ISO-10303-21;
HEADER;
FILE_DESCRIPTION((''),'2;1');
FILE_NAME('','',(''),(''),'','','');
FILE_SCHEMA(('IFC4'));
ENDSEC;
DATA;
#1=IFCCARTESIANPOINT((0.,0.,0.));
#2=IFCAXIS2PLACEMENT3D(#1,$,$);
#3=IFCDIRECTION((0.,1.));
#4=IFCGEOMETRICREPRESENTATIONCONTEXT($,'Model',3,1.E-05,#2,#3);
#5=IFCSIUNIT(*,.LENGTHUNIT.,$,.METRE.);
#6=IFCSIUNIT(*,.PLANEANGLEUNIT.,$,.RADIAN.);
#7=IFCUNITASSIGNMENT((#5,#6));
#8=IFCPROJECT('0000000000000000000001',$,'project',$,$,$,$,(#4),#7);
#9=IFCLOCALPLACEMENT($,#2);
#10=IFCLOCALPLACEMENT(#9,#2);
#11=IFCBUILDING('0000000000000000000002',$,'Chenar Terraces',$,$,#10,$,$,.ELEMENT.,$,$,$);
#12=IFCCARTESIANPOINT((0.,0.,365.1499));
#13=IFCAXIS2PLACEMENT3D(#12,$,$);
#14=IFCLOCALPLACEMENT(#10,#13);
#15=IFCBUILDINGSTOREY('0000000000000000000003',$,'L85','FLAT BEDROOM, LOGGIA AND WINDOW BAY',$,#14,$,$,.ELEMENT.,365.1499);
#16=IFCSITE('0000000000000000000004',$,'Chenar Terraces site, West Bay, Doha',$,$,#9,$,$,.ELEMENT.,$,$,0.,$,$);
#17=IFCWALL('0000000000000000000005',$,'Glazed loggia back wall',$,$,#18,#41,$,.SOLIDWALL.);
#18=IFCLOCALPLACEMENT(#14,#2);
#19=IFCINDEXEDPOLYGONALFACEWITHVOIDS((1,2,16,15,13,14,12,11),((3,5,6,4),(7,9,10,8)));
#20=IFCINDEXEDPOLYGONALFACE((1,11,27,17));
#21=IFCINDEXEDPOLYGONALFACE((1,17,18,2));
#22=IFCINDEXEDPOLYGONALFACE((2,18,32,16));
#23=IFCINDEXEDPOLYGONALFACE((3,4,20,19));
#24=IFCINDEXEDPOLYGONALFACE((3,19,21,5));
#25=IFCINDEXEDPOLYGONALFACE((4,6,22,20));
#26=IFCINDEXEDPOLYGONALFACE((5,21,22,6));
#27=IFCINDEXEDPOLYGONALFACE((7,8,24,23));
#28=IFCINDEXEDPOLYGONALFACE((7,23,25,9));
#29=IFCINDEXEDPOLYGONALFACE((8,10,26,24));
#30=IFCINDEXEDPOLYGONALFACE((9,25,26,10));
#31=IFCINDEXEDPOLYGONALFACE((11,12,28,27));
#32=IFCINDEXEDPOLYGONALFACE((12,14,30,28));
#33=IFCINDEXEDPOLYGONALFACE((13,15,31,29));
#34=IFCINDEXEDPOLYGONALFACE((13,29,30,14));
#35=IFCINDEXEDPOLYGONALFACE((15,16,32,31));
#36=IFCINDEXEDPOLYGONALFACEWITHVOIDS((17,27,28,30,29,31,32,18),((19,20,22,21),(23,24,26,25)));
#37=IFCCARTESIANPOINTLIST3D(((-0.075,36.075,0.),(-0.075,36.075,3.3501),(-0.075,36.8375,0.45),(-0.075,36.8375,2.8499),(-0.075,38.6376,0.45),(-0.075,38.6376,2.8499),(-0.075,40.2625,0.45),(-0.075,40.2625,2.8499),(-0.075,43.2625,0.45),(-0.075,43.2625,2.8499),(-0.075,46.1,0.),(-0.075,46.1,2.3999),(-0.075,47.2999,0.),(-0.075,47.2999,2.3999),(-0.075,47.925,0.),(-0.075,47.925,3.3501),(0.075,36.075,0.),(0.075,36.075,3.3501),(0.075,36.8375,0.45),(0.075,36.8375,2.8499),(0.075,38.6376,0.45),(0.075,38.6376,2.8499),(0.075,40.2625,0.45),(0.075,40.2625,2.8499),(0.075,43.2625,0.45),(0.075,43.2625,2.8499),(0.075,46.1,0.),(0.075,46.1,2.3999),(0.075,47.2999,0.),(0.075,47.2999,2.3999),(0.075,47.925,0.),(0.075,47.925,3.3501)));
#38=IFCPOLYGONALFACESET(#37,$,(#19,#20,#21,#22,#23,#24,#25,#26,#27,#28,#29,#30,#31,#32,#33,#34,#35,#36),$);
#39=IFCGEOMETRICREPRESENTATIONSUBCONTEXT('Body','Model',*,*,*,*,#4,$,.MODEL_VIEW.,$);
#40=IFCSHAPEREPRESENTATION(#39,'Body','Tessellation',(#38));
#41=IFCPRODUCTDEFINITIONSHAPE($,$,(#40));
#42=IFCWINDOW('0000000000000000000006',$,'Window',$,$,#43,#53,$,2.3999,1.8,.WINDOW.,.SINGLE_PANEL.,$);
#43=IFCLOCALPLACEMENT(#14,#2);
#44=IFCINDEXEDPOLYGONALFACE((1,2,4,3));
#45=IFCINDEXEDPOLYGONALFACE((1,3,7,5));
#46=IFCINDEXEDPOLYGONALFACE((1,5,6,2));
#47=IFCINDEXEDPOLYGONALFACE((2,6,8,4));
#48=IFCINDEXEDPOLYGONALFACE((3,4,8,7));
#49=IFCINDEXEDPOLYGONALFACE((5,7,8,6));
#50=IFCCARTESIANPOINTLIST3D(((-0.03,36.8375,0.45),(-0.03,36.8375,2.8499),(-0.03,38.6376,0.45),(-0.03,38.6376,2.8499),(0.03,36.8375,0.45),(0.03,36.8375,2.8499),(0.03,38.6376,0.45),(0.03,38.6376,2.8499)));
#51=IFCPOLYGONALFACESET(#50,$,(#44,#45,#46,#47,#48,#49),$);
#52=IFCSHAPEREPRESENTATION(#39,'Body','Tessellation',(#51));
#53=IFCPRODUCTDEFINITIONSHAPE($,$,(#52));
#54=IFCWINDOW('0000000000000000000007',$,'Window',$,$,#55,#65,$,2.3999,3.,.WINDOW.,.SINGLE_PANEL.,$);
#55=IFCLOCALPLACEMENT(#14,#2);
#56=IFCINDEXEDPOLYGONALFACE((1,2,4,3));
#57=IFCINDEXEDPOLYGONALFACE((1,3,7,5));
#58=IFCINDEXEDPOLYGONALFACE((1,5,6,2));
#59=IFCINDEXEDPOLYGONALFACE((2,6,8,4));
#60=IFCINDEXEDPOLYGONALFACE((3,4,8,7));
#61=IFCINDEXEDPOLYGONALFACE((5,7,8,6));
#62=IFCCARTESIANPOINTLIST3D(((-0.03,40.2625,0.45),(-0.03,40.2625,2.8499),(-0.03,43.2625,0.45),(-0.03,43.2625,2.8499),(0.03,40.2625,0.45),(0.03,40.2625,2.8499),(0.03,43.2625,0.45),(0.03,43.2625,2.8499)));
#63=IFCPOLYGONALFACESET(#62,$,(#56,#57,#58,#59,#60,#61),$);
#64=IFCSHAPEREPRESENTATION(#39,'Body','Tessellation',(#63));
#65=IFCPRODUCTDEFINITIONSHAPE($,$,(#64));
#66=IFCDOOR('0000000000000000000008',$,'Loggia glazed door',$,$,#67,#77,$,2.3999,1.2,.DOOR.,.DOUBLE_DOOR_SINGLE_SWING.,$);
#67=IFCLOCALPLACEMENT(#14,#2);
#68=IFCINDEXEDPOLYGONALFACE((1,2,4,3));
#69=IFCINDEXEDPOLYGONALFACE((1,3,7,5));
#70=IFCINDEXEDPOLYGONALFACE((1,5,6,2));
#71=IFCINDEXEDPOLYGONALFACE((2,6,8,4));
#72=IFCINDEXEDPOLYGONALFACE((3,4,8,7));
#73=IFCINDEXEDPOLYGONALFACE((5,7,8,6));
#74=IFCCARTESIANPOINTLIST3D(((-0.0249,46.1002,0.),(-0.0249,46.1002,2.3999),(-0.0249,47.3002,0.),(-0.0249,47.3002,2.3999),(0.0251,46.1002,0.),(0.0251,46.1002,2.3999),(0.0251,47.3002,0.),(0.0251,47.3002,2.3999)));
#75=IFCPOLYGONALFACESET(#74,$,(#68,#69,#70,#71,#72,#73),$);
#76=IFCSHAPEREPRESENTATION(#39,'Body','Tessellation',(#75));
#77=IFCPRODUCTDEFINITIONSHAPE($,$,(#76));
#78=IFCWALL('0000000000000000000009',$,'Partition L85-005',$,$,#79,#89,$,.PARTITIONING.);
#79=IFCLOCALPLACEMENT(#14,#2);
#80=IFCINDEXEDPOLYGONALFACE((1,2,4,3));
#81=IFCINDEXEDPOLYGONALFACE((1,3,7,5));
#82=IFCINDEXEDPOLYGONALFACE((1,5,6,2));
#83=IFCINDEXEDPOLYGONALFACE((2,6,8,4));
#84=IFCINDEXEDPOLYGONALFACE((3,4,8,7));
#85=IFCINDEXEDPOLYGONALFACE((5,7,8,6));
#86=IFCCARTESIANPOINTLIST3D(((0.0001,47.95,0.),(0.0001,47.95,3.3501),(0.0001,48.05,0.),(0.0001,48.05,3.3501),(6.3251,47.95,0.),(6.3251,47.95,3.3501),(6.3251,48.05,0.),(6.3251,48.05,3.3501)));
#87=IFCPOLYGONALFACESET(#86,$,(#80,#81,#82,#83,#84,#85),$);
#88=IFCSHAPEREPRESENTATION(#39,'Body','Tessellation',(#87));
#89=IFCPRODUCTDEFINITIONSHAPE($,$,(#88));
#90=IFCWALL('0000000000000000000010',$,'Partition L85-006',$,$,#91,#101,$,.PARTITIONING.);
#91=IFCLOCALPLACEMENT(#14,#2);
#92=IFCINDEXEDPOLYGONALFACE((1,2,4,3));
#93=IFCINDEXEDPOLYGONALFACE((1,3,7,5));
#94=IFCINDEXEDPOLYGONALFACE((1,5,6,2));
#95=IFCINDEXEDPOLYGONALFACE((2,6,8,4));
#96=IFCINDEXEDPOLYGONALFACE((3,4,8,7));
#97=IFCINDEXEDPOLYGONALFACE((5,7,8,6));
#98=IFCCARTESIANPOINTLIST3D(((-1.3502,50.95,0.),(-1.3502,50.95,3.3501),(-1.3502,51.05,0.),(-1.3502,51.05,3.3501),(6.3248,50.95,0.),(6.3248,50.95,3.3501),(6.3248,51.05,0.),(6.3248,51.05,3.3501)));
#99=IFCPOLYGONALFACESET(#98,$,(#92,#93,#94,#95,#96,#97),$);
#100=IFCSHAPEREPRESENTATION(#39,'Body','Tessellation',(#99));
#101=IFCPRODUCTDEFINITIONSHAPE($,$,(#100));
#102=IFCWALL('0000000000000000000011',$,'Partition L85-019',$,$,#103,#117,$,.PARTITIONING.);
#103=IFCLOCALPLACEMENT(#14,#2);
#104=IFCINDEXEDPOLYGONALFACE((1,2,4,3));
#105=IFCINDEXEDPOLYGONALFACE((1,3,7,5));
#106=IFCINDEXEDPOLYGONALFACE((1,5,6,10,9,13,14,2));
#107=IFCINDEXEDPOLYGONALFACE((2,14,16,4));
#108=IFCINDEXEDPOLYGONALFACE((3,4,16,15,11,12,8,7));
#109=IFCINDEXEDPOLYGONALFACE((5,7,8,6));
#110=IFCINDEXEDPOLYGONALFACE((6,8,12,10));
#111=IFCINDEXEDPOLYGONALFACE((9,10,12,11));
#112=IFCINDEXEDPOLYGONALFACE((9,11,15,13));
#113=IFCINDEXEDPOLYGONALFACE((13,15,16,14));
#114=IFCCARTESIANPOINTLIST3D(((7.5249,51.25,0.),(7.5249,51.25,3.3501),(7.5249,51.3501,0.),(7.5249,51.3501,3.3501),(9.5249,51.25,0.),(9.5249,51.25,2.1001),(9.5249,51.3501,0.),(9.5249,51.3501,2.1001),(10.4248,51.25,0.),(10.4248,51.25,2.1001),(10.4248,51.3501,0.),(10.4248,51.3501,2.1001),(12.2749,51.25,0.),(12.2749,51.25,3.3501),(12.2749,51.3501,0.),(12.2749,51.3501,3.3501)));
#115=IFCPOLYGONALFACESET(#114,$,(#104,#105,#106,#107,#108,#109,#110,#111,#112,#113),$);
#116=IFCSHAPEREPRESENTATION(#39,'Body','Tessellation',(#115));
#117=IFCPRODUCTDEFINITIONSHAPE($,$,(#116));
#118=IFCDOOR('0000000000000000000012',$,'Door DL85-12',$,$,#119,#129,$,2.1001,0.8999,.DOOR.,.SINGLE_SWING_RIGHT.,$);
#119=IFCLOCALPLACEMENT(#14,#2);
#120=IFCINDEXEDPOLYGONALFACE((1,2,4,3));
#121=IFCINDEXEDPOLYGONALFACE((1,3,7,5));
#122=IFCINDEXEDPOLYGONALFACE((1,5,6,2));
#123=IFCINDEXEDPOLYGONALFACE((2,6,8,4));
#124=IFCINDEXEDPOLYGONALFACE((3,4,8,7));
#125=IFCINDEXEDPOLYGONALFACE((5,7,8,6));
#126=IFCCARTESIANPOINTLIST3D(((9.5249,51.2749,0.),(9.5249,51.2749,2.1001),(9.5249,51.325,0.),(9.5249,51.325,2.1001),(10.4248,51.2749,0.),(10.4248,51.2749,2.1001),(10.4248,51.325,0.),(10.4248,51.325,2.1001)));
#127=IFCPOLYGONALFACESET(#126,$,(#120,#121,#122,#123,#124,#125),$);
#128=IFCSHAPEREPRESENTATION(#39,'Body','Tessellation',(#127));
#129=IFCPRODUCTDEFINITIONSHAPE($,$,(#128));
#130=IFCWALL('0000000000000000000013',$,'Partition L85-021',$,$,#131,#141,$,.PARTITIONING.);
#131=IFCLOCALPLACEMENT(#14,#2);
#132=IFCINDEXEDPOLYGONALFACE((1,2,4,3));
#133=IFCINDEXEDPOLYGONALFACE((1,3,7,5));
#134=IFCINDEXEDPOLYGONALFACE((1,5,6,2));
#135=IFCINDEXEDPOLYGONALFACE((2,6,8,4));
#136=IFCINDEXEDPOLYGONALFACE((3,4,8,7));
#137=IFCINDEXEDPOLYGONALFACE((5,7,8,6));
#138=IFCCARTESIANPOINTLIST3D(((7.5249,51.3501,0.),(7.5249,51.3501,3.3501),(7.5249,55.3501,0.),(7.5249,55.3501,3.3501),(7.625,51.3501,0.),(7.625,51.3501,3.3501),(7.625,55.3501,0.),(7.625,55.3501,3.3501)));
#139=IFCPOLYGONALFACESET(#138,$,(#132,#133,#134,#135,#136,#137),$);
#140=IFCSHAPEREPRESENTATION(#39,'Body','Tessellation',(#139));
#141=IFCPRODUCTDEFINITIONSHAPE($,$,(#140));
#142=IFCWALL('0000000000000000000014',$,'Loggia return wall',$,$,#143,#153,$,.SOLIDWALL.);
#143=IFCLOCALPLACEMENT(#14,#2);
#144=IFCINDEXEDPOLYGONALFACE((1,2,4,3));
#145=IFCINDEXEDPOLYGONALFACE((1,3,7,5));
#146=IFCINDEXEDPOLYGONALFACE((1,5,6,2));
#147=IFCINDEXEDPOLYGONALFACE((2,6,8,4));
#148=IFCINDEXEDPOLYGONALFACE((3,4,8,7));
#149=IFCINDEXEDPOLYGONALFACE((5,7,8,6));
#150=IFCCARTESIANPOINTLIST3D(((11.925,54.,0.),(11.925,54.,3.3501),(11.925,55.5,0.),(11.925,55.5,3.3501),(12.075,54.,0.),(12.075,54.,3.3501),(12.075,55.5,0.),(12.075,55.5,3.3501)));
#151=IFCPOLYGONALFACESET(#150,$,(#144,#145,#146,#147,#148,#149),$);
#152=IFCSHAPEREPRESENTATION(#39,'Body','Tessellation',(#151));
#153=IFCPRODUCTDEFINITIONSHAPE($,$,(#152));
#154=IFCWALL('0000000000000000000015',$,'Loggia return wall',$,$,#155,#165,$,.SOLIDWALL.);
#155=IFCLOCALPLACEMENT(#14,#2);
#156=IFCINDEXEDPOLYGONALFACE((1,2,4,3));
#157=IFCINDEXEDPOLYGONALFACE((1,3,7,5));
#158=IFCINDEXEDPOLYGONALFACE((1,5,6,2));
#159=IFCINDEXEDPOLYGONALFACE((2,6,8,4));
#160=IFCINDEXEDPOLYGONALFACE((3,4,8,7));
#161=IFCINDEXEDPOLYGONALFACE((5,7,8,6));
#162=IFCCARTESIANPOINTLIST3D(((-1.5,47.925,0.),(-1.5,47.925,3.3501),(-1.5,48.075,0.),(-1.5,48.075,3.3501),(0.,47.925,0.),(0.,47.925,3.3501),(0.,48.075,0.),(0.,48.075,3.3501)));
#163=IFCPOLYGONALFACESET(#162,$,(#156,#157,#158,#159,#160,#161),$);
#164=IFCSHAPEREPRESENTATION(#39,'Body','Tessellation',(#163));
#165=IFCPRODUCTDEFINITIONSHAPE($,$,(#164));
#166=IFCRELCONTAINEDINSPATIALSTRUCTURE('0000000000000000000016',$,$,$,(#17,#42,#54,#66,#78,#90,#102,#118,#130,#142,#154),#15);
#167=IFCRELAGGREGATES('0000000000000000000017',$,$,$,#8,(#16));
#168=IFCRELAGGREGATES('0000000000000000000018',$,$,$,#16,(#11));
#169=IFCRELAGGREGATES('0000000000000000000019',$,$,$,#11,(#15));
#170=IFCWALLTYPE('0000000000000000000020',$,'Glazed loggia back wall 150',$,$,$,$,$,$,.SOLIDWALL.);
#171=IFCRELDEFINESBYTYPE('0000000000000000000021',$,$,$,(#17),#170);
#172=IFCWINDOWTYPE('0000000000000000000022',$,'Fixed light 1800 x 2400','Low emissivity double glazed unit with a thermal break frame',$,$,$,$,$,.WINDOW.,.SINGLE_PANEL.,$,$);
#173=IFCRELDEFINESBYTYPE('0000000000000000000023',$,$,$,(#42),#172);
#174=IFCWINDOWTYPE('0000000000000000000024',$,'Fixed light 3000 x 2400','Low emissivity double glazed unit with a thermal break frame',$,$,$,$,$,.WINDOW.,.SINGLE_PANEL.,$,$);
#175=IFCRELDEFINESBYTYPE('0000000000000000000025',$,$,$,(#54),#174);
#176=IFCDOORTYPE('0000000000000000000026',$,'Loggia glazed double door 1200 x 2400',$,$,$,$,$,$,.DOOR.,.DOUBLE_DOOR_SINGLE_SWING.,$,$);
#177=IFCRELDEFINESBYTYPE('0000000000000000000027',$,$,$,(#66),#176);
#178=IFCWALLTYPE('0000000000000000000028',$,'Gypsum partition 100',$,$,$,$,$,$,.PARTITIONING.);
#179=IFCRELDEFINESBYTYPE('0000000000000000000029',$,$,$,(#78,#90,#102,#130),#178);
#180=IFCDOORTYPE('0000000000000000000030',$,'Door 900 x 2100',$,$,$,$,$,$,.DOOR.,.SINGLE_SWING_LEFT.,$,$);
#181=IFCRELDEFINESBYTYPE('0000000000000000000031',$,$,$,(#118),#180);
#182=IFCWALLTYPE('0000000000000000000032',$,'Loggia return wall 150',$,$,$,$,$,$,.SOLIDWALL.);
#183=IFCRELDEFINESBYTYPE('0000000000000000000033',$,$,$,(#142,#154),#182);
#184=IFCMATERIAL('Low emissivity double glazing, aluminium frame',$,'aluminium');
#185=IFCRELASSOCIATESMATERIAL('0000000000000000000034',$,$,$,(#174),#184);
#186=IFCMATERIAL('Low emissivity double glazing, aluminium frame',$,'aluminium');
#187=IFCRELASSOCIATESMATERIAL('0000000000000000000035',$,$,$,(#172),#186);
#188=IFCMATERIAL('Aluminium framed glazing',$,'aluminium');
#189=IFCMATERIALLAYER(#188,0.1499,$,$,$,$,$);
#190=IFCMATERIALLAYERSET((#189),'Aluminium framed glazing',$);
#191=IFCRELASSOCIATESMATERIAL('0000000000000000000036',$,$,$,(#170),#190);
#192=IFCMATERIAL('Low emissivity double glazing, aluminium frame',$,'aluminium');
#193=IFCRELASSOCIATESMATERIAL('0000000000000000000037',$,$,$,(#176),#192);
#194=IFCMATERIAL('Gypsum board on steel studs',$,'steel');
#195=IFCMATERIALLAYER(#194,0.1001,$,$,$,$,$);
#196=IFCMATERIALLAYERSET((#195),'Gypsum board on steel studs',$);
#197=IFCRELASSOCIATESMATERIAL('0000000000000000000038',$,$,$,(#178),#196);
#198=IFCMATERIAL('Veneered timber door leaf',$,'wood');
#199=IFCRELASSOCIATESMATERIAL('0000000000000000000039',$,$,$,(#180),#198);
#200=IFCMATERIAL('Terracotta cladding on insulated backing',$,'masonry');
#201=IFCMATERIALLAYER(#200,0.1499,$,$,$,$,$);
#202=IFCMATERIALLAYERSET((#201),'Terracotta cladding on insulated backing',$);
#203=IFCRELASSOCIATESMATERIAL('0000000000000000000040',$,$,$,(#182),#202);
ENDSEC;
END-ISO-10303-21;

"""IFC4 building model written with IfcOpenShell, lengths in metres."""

from ifc_helpers import new_model, si_unit, direction, frame, frame_2d, origin, place, context, subcontext, project, spatial, rectangle, extrude, material, layer, layer_set, type_object, element, fill, save


model = new_model("IFC4")

# Units and contexts
model_context = context("Model", 3, precision=1e-05, world=origin(), true_north=direction((0.0, 1.0)))
body_context = subcontext(model_context, "Body", "Model", "MODEL_VIEW")
ifc_project = project(units=[si_unit("LENGTHUNIT", "METRE"), si_unit("PLANEANGLEUNIT", "RADIAN")], contexts=[model_context])

# Site, building, storey
site_placement = place(None, origin())
site = spatial("IfcSite", under=ifc_project, at=site_placement, Name="Chenar Terraces site, West Bay, Doha", CompositionType="ELEMENT", RefElevation=0.0)
building_placement = place(site_placement, origin())
building = spatial("IfcBuilding", under=site, at=building_placement, Name="Chenar Terraces", CompositionType="ELEMENT")
storey_placement = place(building_placement, frame((0.0, 0.0, 365.1499)))
storey = spatial("IfcBuildingStorey", under=building, at=storey_placement, Name="L85", Description="FLAT BEDROOM, LOGGIA AND WINDOW BAY", CompositionType="ELEMENT", Elevation=365.1499)

# Shared definitions
ifc_material_1 = material(Name="Low emissivity double glazing, aluminium frame", Category="aluminium")
window_type_1 = type_object("IfcWindowType", Name="Fixed light 3000 x 2400", Description="Low emissivity double glazed unit with a thermal break frame", PartitioningType="SINGLE_PANEL", PredefinedType="WINDOW", material=ifc_material_1)
ifc_material_2 = material(Name="Low emissivity double glazing, aluminium frame", Category="aluminium")
window_type_2 = type_object("IfcWindowType", Name="Fixed light 1800 x 2400", Description="Low emissivity double glazed unit with a thermal break frame", PartitioningType="SINGLE_PANEL", PredefinedType="WINDOW", material=ifc_material_2)

# Wall, openings, windows, door
ifc_material_3 = material(Name="Aluminium framed glazing", Category="aluminium")
ifc_layer_1 = layer(ifc_material_3, 0.1499)
ifc_layer_set_1 = layer_set([ifc_layer_1], Name="Aluminium framed glazing")
wall_type_1 = type_object("IfcWallType", Name="Glazed loggia back wall 150", PredefinedType="SOLIDWALL", material=ifc_layer_set_1)
wall_1_placement = place(storey_placement, frame((0.0, 47.925, 0.0), z_axis=(0.0, 0.0, 1.0), x_axis=(0.0, -1.0, 0.0)))
wall_1 = element("IfcWall", 1, at=wall_1_placement, inside=storey, type_object=wall_type_1, Name="Glazed loggia back wall", PredefinedType="SOLIDWALL", context=body_context, shape_type="SweptSolid", body=[
    extrude(rectangle(XDim=11.8501, YDim=0.1499, at=frame_2d((5.925, 0.0))), origin(), (0.0, 0.0, 1.0), 3.3501),
])
opening_1_placement = place(wall_1_placement, frame((0.625, 0.0, 0.0)))
opening_1 = element("IfcOpeningElement", 2, at=opening_1_placement, cuts=wall_1, PredefinedType="OPENING", context=body_context, shape_type="SweptSolid", body=[
    extrude(rectangle(XDim=1.2, YDim=2.3999, at=frame_2d((0.6001, 1.2))), frame((0.0, 0.085, 0.0), z_axis=(0.0, -1.0, 0.0), x_axis=(1.0, 0.0, 0.0)), (0.0, 0.0, 1.0), 0.1699),
])
opening_2_placement = place(wall_1_placement, frame((4.6626, 0.0, 0.45)))
opening_2 = element("IfcOpeningElement", 3, at=opening_2_placement, cuts=wall_1, PredefinedType="OPENING", context=body_context, shape_type="SweptSolid", body=[
    extrude(rectangle(XDim=3.0, YDim=2.3999, at=frame_2d((1.5, 1.2))), frame((0.0, 0.085, 0.0), z_axis=(0.0, -1.0, 0.0), x_axis=(1.0, 0.0, 0.0)), (0.0, 0.0, 1.0), 0.1699),
])
opening_3_placement = place(wall_1_placement, frame((9.2876, 0.0, 0.45)))
opening_3 = element("IfcOpeningElement", 4, at=opening_3_placement, cuts=wall_1, PredefinedType="OPENING", context=body_context, shape_type="SweptSolid", body=[
    extrude(rectangle(XDim=1.8, YDim=2.3999, at=frame_2d((0.8999, 1.2))), frame((0.0, 0.085, 0.0), z_axis=(0.0, -1.0, 0.0), x_axis=(1.0, 0.0, 0.0)), (0.0, 0.0, 1.0), 0.1699),
])
window_1_placement = place(opening_3_placement, origin())
window_1 = element("IfcWindow", 5, at=window_1_placement, inside=storey, type_object=window_type_2, Name="Window", OverallHeight=2.3999, OverallWidth=1.8, PartitioningType="SINGLE_PANEL", PredefinedType="WINDOW", context=body_context, shape_type="SweptSolid", body=[
    extrude(rectangle(XDim=1.8, YDim=2.3999, at=frame_2d((0.8999, 1.2))), frame((0.0, 0.03, 0.0), z_axis=(0.0, -1.0, 0.0), x_axis=(1.0, 0.0, 0.0)), (0.0, 0.0, 1.0), 0.0601),
])
fill(opening_3, window_1)
window_2_placement = place(opening_2_placement, origin())
window_2 = element("IfcWindow", 6, at=window_2_placement, inside=storey, type_object=window_type_1, Name="Window", OverallHeight=2.3999, OverallWidth=3.0, PartitioningType="SINGLE_PANEL", PredefinedType="WINDOW", context=body_context, shape_type="SweptSolid", body=[
    extrude(rectangle(XDim=3.0, YDim=2.3999, at=frame_2d((1.5, 1.2))), frame((0.0, 0.03, 0.0), z_axis=(0.0, -1.0, 0.0), x_axis=(1.0, 0.0, 0.0)), (0.0, 0.0, 1.0), 0.0601),
])
fill(opening_2, window_2)
ifc_material_4 = material(Name="Low emissivity double glazing, aluminium frame", Category="aluminium")
door_type_1 = type_object("IfcDoorType", Name="Loggia glazed double door 1200 x 2400", OperationType="DOUBLE_DOOR_SINGLE_SWING", PredefinedType="DOOR", material=ifc_material_4)
door_1_placement = place(opening_1_placement, frame((1.2, 0.0, 0.0), z_axis=(0.0, 0.0, 1.0), x_axis=(-1.0, 0.0, 0.0)))
door_1 = element("IfcDoor", 7, at=door_1_placement, inside=storey, type_object=door_type_1, Name="Loggia glazed door", OperationType="DOUBLE_DOOR_SINGLE_SWING", OverallHeight=2.3999, OverallWidth=1.2, PredefinedType="DOOR", context=body_context, shape_type="SweptSolid", body=[
    extrude(rectangle(XDim=1.2, YDim=2.3999, at=frame_2d((0.6001, 1.2))), frame((0.0, 0.0249, 0.0), z_axis=(0.0, -1.0, 0.0), x_axis=(1.0, 0.0, 0.0)), (0.0, 0.0, 1.0), 0.05),
])
fill(opening_1, door_1)

# Walls
ifc_material_5 = material(Name="Gypsum board on steel studs", Category="steel")
ifc_layer_2 = layer(ifc_material_5, 0.1001)
ifc_layer_set_2 = layer_set([ifc_layer_2], Name="Gypsum board on steel studs")
wall_type_2 = type_object("IfcWallType", Name="Gypsum partition 100", PredefinedType="PARTITIONING", material=ifc_layer_set_2)
wall_2_placement = place(storey_placement, frame((0.0, 48.0, 0.0), z_axis=(0.0, 0.0, 1.0), x_axis=(1.0, 0.0, 0.0)))
element("IfcWall", 8, at=wall_2_placement, inside=storey, type_object=wall_type_2, Name="Partition L85-005", PredefinedType="PARTITIONING", context=body_context, shape_type="SweptSolid", body=[
    extrude(rectangle(XDim=6.325, YDim=0.1001, at=frame_2d((3.1626, 0.0))), origin(), (0.0, 0.0, 1.0), 3.3501),
])
wall_3_placement = place(storey_placement, frame((-1.3501, 51.0, 0.0), z_axis=(0.0, 0.0, 1.0), x_axis=(1.0, 0.0, 0.0)))
element("IfcWall", 9, at=wall_3_placement, inside=storey, type_object=wall_type_2, Name="Partition L85-006", PredefinedType="PARTITIONING", context=body_context, shape_type="SweptSolid", body=[
    extrude(rectangle(XDim=7.675, YDim=0.1001, at=frame_2d((3.8374, 0.0))), origin(), (0.0, 0.0, 1.0), 3.3501),
])

# Wall, opening, door
wall_4_placement = place(storey_placement, frame((7.5249, 51.3, 0.0), z_axis=(0.0, 0.0, 1.0), x_axis=(1.0, 0.0, 0.0)))
wall_4 = element("IfcWall", 10, at=wall_4_placement, inside=storey, type_object=wall_type_2, Name="Partition L85-019", PredefinedType="PARTITIONING", context=body_context, shape_type="SweptSolid", body=[
    extrude(rectangle(XDim=4.75, YDim=0.1001, at=frame_2d((2.375, 0.0))), origin(), (0.0, 0.0, 1.0), 3.3501),
])
opening_4_placement = place(wall_4_placement, frame((2.0, 0.0, 0.0)))
opening_4 = element("IfcOpeningElement", 11, at=opening_4_placement, cuts=wall_4, PredefinedType="OPENING", context=body_context, shape_type="SweptSolid", body=[
    extrude(rectangle(XDim=0.8999, YDim=2.1001, at=frame_2d((0.45, 1.05))), frame((0.0, 0.0601, 0.0), z_axis=(0.0, -1.0, 0.0), x_axis=(1.0, 0.0, 0.0)), (0.0, 0.0, 1.0), 0.1201),
])
ifc_material_6 = material(Name="Veneered timber door leaf", Category="wood")
door_type_2 = type_object("IfcDoorType", Name="Door 900 x 2100", OperationType="SINGLE_SWING_LEFT", PredefinedType="DOOR", material=ifc_material_6)
door_2_placement = place(opening_4_placement, origin())
door_2 = element("IfcDoor", 12, at=door_2_placement, inside=storey, type_object=door_type_2, Name="Door DL85-12", OperationType="SINGLE_SWING_RIGHT", OverallHeight=2.1001, OverallWidth=0.8999, PredefinedType="DOOR", context=body_context, shape_type="SweptSolid", body=[
    extrude(rectangle(XDim=0.8999, YDim=2.1001, at=frame_2d((0.45, 1.05))), frame((0.0, 0.0249, 0.0), z_axis=(0.0, -1.0, 0.0), x_axis=(1.0, 0.0, 0.0)), (0.0, 0.0, 1.0), 0.05),
])
fill(opening_4, door_2)

# Walls
wall_5_placement = place(storey_placement, frame((7.575, 51.3501, 0.0), z_axis=(0.0, 0.0, 1.0), x_axis=(0.0, 1.0, 0.0)))
element("IfcWall", 13, at=wall_5_placement, inside=storey, type_object=wall_type_2, Name="Partition L85-021", PredefinedType="PARTITIONING", context=body_context, shape_type="SweptSolid", body=[
    extrude(rectangle(XDim=4.0, YDim=0.1001, at=frame_2d((2.0, 0.0))), origin(), (0.0, 0.0, 1.0), 3.3501),
])
ifc_material_7 = material(Name="Terracotta cladding on insulated backing", Category="masonry")
ifc_layer_3 = layer(ifc_material_7, 0.1499)
ifc_layer_set_3 = layer_set([ifc_layer_3], Name="Terracotta cladding on insulated backing")
wall_type_3 = type_object("IfcWallType", Name="Loggia return wall 150", PredefinedType="SOLIDWALL", material=ifc_layer_set_3)
for number, where, z_axis, x_axis, name in (
    (14, (12.0, 55.5, 0.0), (0.0, 0.0, 1.0), (0.0, -1.0, 0.0), "Loggia return wall"),
    (15, (-1.5, 48.0, 0.0), (0.0, 0.0, 1.0), (1.0, 0.0, 0.0), "Loggia return wall"),
):
    element("IfcWall", number, at=place(storey_placement, frame(where, z_axis=z_axis, x_axis=x_axis)), inside=storey, type_object=wall_type_3, Name=name, PredefinedType="SOLIDWALL", context=body_context, shape_type="SweptSolid", body=[
        extrude(rectangle(XDim=1.5, YDim=0.1499, at=frame_2d((0.75, 0.0))), origin(), (0.0, 0.0, 1.0), 3.3501),
    ])

save(model, "model.ifc")
